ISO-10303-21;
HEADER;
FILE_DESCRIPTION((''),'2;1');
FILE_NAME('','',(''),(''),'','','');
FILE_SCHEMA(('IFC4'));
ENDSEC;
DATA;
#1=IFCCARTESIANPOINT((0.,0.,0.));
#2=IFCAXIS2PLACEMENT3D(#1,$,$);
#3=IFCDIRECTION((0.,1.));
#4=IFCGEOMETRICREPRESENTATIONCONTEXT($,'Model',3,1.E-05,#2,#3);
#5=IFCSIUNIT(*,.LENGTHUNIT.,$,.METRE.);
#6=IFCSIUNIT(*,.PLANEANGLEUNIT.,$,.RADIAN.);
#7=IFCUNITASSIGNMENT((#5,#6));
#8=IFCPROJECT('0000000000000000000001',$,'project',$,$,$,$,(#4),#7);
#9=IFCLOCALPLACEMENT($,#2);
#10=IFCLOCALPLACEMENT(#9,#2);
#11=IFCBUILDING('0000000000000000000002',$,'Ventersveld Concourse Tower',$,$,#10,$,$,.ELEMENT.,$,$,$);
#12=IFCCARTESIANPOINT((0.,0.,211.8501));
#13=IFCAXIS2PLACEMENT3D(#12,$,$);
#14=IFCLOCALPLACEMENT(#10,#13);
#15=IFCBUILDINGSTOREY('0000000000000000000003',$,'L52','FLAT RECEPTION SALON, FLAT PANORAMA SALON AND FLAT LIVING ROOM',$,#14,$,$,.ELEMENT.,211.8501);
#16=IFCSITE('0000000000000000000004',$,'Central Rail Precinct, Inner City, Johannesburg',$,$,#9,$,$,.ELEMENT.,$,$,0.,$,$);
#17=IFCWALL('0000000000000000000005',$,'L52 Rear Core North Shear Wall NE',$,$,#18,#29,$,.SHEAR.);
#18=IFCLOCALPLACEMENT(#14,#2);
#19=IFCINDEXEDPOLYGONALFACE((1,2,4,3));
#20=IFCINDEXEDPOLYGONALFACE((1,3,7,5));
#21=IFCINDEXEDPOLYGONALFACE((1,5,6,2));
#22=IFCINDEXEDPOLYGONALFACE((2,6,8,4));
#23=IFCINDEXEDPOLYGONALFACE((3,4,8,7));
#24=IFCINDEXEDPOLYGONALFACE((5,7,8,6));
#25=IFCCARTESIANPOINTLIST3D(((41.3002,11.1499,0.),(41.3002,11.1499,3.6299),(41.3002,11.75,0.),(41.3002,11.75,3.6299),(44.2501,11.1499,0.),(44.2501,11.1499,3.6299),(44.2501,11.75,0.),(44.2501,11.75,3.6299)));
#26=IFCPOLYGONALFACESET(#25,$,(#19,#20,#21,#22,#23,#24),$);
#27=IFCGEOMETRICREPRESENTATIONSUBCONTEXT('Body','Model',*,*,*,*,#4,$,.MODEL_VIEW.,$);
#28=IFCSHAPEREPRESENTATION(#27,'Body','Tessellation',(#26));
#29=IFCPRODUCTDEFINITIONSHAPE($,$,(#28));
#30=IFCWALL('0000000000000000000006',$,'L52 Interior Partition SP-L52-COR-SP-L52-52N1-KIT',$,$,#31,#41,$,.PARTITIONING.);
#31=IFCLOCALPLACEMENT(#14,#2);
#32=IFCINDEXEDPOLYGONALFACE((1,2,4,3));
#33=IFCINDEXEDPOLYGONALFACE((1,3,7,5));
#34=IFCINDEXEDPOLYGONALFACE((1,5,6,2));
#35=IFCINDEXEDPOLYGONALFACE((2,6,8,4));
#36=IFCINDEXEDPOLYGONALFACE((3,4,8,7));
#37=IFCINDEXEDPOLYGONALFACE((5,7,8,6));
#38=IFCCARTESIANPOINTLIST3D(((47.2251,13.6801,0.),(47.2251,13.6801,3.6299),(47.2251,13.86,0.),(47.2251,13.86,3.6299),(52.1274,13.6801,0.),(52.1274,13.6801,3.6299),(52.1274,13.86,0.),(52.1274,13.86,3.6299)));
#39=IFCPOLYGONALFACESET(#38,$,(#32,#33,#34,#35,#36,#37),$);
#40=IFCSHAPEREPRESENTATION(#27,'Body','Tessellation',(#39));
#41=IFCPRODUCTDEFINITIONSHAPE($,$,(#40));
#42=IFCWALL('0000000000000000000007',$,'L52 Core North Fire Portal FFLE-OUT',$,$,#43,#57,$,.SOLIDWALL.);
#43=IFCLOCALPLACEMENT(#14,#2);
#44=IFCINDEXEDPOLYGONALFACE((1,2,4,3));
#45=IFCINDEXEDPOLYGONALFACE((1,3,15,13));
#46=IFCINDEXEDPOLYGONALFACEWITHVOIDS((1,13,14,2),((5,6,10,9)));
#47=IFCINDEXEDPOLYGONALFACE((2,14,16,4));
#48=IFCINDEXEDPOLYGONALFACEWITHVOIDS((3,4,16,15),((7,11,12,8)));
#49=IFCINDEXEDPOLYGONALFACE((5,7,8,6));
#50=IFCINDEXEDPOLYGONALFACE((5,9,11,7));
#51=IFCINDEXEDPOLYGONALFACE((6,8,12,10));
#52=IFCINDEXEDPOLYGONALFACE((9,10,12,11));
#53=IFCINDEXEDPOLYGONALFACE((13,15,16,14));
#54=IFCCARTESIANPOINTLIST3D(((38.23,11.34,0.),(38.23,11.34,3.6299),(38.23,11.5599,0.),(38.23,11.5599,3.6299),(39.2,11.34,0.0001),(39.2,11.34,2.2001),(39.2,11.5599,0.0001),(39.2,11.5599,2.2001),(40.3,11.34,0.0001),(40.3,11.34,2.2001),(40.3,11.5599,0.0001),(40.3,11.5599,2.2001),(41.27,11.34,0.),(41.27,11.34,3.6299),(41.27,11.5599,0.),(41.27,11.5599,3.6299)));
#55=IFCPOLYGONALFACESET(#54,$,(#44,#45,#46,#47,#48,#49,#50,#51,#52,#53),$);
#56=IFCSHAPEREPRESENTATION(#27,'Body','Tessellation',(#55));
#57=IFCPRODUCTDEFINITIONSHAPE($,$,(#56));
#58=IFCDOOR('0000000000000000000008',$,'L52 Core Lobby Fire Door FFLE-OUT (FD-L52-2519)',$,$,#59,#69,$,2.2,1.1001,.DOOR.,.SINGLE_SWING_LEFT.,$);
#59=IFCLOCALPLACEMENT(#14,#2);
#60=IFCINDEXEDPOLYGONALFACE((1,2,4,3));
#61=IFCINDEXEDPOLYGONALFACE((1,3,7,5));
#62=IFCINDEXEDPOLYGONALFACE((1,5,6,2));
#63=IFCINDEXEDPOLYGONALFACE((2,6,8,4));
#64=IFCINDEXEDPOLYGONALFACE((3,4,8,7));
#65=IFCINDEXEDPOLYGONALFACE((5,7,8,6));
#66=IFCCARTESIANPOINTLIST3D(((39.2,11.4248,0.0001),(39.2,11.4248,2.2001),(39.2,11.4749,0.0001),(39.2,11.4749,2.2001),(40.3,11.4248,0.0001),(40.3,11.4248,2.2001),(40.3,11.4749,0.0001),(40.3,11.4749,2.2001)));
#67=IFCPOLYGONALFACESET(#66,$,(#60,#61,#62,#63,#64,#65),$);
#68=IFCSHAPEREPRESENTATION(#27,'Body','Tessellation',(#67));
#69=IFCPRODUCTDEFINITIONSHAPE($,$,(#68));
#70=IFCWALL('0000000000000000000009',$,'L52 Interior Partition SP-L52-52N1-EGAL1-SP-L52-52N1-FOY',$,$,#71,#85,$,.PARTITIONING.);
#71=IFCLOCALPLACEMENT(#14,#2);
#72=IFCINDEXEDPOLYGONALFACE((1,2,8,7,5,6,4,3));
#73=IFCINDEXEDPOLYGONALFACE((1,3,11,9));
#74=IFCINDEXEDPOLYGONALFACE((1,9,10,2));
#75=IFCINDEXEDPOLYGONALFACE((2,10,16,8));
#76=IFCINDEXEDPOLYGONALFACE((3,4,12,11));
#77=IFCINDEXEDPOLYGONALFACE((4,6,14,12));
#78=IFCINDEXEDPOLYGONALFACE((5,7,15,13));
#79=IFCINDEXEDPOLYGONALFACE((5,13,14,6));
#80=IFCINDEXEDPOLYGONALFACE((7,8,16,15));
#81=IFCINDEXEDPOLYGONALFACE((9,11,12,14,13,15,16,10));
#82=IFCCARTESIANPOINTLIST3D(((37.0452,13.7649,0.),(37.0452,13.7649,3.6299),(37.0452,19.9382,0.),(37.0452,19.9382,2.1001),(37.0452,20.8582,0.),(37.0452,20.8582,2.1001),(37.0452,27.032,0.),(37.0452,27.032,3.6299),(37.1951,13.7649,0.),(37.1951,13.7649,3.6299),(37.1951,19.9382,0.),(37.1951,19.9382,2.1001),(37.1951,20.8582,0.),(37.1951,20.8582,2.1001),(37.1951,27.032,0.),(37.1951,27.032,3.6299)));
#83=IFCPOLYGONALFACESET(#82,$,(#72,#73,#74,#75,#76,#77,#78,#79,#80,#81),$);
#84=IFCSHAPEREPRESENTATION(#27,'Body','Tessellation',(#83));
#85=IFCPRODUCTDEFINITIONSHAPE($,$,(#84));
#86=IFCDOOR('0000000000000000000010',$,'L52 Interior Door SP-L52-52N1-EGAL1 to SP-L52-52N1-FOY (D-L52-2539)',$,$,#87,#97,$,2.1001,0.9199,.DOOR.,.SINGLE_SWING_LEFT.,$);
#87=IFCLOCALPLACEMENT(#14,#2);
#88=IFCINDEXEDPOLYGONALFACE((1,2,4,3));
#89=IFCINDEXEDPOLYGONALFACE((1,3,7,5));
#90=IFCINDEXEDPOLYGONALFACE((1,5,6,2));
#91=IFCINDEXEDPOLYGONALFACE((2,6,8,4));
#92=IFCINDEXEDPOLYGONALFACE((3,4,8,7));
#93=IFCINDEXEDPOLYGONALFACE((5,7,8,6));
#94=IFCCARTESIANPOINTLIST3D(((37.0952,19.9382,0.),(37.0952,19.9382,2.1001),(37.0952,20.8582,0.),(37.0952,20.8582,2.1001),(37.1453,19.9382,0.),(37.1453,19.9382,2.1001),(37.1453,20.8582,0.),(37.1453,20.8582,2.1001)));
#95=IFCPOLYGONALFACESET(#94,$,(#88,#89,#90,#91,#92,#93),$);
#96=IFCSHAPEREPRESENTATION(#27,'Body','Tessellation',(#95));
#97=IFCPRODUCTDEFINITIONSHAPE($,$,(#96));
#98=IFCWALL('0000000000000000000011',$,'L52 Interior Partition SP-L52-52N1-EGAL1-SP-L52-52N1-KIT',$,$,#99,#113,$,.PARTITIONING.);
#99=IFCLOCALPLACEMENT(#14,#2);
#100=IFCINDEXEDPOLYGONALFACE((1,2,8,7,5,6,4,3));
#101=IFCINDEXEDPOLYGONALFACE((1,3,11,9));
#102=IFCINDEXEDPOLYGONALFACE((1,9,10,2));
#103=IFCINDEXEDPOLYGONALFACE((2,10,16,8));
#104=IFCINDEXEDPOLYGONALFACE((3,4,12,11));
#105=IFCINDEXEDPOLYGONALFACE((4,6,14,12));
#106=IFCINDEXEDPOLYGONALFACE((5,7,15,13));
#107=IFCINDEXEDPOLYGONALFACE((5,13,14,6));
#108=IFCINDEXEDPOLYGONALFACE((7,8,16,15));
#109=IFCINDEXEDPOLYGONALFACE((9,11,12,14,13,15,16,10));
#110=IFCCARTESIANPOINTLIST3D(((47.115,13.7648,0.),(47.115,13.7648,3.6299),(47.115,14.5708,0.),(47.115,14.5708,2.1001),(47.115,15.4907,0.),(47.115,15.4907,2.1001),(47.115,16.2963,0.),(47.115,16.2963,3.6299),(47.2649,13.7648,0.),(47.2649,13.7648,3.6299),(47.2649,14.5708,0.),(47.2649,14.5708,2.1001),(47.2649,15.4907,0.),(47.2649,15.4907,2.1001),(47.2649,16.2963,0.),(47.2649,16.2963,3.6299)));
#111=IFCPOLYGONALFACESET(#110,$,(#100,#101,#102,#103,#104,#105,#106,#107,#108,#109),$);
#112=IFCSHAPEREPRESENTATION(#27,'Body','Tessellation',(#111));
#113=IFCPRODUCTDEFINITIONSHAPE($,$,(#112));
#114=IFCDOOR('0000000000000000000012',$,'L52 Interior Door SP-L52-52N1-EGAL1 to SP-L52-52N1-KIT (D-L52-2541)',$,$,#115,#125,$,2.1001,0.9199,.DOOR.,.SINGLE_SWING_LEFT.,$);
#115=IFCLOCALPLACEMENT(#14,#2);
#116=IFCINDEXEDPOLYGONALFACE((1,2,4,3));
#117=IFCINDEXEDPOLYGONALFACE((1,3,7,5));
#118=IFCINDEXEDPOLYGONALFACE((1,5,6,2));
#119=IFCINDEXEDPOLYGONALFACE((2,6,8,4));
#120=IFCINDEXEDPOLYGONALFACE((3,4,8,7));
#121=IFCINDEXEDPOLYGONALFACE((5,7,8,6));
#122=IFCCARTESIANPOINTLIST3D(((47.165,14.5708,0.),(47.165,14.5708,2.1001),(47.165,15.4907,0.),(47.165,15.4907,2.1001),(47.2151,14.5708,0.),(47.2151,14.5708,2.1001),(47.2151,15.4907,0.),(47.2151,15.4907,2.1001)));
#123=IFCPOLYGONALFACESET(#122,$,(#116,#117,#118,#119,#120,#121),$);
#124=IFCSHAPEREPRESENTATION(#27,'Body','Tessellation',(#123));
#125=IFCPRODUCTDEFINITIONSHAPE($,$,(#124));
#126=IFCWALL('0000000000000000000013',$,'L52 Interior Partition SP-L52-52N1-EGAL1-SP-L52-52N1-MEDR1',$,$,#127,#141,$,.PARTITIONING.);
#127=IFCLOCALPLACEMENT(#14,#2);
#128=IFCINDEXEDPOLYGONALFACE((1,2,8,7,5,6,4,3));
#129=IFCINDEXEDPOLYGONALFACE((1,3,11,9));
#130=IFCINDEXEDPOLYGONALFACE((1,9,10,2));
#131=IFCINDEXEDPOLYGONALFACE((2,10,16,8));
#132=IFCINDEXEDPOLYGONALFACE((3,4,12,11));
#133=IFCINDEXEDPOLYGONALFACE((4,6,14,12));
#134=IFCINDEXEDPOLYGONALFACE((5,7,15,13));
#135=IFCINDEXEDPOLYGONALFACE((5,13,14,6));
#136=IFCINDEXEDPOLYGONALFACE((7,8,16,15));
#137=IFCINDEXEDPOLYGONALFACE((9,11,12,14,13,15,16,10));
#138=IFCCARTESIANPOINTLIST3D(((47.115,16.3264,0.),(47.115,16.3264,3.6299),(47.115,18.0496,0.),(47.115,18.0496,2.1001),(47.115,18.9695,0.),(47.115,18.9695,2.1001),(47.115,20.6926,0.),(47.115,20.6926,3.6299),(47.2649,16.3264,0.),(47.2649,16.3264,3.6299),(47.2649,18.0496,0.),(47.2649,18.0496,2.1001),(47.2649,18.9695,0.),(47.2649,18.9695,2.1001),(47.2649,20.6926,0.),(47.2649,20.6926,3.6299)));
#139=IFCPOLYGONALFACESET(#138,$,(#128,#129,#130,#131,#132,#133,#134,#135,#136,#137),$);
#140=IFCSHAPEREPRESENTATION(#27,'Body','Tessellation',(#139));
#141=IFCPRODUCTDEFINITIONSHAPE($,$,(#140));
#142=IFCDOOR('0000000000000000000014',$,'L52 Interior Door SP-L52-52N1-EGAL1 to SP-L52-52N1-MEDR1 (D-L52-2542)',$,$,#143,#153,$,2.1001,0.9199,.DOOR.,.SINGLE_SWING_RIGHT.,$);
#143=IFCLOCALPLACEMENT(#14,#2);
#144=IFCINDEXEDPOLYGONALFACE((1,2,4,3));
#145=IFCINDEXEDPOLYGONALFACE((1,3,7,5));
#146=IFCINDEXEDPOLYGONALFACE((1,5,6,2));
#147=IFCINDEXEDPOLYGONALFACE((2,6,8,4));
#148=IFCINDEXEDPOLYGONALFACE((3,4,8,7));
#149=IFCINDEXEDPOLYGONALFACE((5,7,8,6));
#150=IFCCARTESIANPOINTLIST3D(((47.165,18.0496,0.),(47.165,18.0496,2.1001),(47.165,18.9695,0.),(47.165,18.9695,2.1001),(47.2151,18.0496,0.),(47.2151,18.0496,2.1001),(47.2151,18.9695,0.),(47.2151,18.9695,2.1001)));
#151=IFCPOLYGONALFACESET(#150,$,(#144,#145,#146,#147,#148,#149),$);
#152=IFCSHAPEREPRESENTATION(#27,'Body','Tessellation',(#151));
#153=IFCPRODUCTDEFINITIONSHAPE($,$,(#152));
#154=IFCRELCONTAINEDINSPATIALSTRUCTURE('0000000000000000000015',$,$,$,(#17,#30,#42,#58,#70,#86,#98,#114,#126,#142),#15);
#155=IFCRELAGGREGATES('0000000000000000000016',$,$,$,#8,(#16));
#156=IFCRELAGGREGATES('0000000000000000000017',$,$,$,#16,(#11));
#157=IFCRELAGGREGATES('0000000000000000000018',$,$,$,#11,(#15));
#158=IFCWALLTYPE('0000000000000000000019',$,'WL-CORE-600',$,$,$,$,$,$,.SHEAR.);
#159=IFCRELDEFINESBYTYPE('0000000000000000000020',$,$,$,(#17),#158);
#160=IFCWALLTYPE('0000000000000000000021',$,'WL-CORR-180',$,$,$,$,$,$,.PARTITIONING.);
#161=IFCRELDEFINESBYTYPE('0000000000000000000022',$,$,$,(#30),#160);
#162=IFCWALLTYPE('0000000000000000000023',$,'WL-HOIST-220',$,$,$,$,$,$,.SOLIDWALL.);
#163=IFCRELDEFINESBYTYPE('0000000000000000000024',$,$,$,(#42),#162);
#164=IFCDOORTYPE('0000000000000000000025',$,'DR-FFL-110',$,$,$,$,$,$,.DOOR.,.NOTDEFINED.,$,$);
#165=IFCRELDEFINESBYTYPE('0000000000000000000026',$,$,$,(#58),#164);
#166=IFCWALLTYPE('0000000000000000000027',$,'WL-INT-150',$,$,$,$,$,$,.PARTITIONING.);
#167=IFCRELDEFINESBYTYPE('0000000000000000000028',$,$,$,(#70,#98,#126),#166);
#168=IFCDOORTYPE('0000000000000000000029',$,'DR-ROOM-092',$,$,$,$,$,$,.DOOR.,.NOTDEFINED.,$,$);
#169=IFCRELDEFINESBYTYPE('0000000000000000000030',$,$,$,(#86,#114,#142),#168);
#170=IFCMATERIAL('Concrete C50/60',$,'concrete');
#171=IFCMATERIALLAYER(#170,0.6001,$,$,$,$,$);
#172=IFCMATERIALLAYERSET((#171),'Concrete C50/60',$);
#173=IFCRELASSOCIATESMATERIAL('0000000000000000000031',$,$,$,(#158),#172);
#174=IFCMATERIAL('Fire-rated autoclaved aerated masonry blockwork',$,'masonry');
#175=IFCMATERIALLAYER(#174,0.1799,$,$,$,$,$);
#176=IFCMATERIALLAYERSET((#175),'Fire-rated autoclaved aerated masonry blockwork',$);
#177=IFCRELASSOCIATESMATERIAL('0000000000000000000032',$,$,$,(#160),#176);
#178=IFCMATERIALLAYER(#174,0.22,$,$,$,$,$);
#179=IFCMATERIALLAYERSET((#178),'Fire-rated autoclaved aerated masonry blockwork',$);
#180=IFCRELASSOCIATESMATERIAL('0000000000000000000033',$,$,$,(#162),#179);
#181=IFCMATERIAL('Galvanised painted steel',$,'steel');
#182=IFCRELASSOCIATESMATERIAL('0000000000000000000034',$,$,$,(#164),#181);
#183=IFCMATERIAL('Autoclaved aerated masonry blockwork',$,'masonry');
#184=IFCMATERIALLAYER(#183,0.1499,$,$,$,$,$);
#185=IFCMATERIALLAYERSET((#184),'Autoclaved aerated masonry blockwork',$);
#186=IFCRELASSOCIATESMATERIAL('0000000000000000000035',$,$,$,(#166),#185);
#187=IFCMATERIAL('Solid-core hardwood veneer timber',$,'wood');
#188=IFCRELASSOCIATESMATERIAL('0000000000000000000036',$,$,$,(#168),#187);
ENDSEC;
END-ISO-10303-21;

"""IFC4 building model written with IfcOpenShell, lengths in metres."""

from ifc_helpers import new_model, si_unit, direction, frame, frame_2d, origin, place, context, subcontext, project, spatial, rectangle, extrude, material, layer, layer_set, type_object, element, fill, save


model = new_model("IFC4")

# Units and contexts
model_context = context("Model", 3, precision=1e-05, world=origin(), true_north=direction((0.0, 1.0)))
body_context = subcontext(model_context, "Body", "Model", "MODEL_VIEW")
ifc_project = project(units=[si_unit("LENGTHUNIT", "METRE"), si_unit("PLANEANGLEUNIT", "RADIAN")], contexts=[model_context])

# Site, building, storey
site_placement = place(None, origin())
site = spatial("IfcSite", under=ifc_project, at=site_placement, Name="Central Rail Precinct, Inner City, Johannesburg", CompositionType="ELEMENT", RefElevation=0.0)
building_placement = place(site_placement, origin())
building = spatial("IfcBuilding", under=site, at=building_placement, Name="Ventersveld Concourse Tower", CompositionType="ELEMENT")
storey_placement = place(building_placement, frame((0.0, 0.0, 211.8501)))
storey = spatial("IfcBuildingStorey", under=building, at=storey_placement, Name="L52", Description="FLAT RECEPTION SALON, FLAT PANORAMA SALON AND FLAT LIVING ROOM", CompositionType="ELEMENT", Elevation=211.8501)

# Shared definitions
ifc_material_1 = material(Name="Concrete C50/60", Category="concrete")

# Walls
ifc_layer_1 = layer(ifc_material_1, 0.6001)
ifc_layer_set_1 = layer_set([ifc_layer_1], Name="Concrete C50/60")
wall_type_1 = type_object("IfcWallType", Name="WL-CORE-600", PredefinedType="SHEAR", material=ifc_layer_set_1)
wall_1_placement = place(storey_placement, frame((41.3, 11.45, 0.0), z_axis=(0.0, 0.0, 1.0), x_axis=(1.0, 0.0, 0.0)))
element("IfcWall", 1, at=wall_1_placement, inside=storey, type_object=wall_type_1, Name="L52 Rear Core North Shear Wall NE", PredefinedType="SHEAR", context=body_context, shape_type="SweptSolid", body=[
    extrude(rectangle(XDim=2.95, YDim=0.6001, at=frame_2d((1.4751, 0.0))), origin(), (0.0, 0.0, 1.0), 3.6299),
])
ifc_material_2 = material(Name="Fire-rated autoclaved aerated masonry blockwork", Category="masonry")
ifc_layer_2 = layer(ifc_material_2, 0.1799)
ifc_layer_set_2 = layer_set([ifc_layer_2], Name="Fire-rated autoclaved aerated masonry blockwork")
wall_type_2 = type_object("IfcWallType", Name="WL-CORR-180", PredefinedType="PARTITIONING", material=ifc_layer_set_2)
wall_2_placement = place(storey_placement, frame((47.2251, 13.77, 0.0), z_axis=(0.0, 0.0, 1.0), x_axis=(1.0, 0.0, 0.0)))
element("IfcWall", 2, at=wall_2_placement, inside=storey, type_object=wall_type_2, Name="L52 Interior Partition SP-L52-COR-SP-L52-52N1-KIT", PredefinedType="PARTITIONING", context=body_context, shape_type="SweptSolid", body=[
    extrude(rectangle(XDim=4.9023, YDim=0.1799, at=frame_2d((2.4512, 0.0))), origin(), (0.0, 0.0, 1.0), 3.6299),
])

# Walls, openings, doors
ifc_layer_3 = layer(ifc_material_2, 0.22)
ifc_layer_set_3 = layer_set([ifc_layer_3], Name="Fire-rated autoclaved aerated masonry blockwork")
wall_type_3 = type_object("IfcWallType", Name="WL-HOIST-220", PredefinedType="SOLIDWALL", material=ifc_layer_set_3)
wall_3_placement = place(storey_placement, frame((38.23, 11.45, 0.0), z_axis=(0.0, 0.0, 1.0), x_axis=(1.0, 0.0, 0.0)))
wall_3 = element("IfcWall", 3, at=wall_3_placement, inside=storey, type_object=wall_type_3, Name="L52 Core North Fire Portal FFLE-OUT", PredefinedType="SOLIDWALL", context=body_context, shape_type="SweptSolid", body=[
    extrude(rectangle(XDim=3.04, YDim=0.22, at=frame_2d((1.52, 0.0))), origin(), (0.0, 0.0, 1.0), 3.6299),
])
opening_1_placement = place(wall_3_placement, frame((0.97, 0.0, 0.0)))
opening_1 = element("IfcOpeningElement", 4, at=opening_1_placement, cuts=wall_3, PredefinedType="OPENING", context=body_context, shape_type="SweptSolid", body=[
    extrude(rectangle(XDim=1.1001, YDim=2.2, at=frame_2d((0.55, 1.1001))), frame((0.0, 0.1201, 0.0), z_axis=(0.0, -1.0, 0.0), x_axis=(1.0, 0.0, 0.0)), (0.0, 0.0, 1.0), 0.24),
])
ifc_material_3 = material(Name="Galvanised painted steel", Category="steel")
door_type_1 = type_object("IfcDoorType", Name="DR-FFL-110", OperationType="NOTDEFINED", PredefinedType="DOOR", material=ifc_material_3)
door_1_placement = place(opening_1_placement, origin())
door_1 = element("IfcDoor", 5, at=door_1_placement, inside=storey, type_object=door_type_1, Name="L52 Core Lobby Fire Door FFLE-OUT (FD-L52-2519)", OperationType="SINGLE_SWING_LEFT", OverallHeight=2.2, OverallWidth=1.1001, PredefinedType="DOOR", context=body_context, shape_type="SweptSolid", body=[
    extrude(rectangle(XDim=1.1001, YDim=2.2, at=frame_2d((0.55, 1.1001))), frame((0.0, 0.0249, 0.0), z_axis=(0.0, -1.0, 0.0), x_axis=(1.0, 0.0, 0.0)), (0.0, 0.0, 1.0), 0.05),
])
fill(opening_1, door_1)
ifc_material_4 = material(Name="Autoclaved aerated masonry blockwork", Category="masonry")
ifc_layer_4 = layer(ifc_material_4, 0.1499)
ifc_layer_set_4 = layer_set([ifc_layer_4], Name="Autoclaved aerated masonry blockwork")
wall_type_4 = type_object("IfcWallType", Name="WL-INT-150", PredefinedType="PARTITIONING", material=ifc_layer_set_4)
wall_4_placement = place(storey_placement, frame((37.1201, 13.7649, 0.0), z_axis=(0.0, 0.0, 1.0), x_axis=(0.0, 1.0, 0.0)))
wall_4 = element("IfcWall", 6, at=wall_4_placement, inside=storey, type_object=wall_type_4, Name="L52 Interior Partition SP-L52-52N1-EGAL1-SP-L52-52N1-FOY", PredefinedType="PARTITIONING", context=body_context, shape_type="SweptSolid", body=[
    extrude(rectangle(XDim=13.2671, YDim=0.1499, at=frame_2d((6.6335, 0.0))), origin(), (0.0, 0.0, 1.0), 3.6299),
])
opening_2_placement = place(wall_4_placement, frame((6.1733, 0.0, 0.0)))
opening_2 = element("IfcOpeningElement", 7, at=opening_2_placement, cuts=wall_4, PredefinedType="OPENING", context=body_context, shape_type="SweptSolid", body=[
    extrude(rectangle(XDim=0.9199, YDim=2.1001, at=frame_2d((0.46, 1.05))), frame((0.0, 0.085, 0.0), z_axis=(0.0, -1.0, 0.0), x_axis=(1.0, 0.0, 0.0)), (0.0, 0.0, 1.0), 0.1699),
])
ifc_material_5 = material(Name="Solid-core hardwood veneer timber", Category="wood")
door_type_2 = type_object("IfcDoorType", Name="DR-ROOM-092", OperationType="NOTDEFINED", PredefinedType="DOOR", material=ifc_material_5)
door_2_placement = place(opening_2_placement, origin())
door_2 = element("IfcDoor", 8, at=door_2_placement, inside=storey, type_object=door_type_2, Name="L52 Interior Door SP-L52-52N1-EGAL1 to SP-L52-52N1-FOY (D-L52-2539)", OperationType="SINGLE_SWING_LEFT", OverallHeight=2.1001, OverallWidth=0.9199, PredefinedType="DOOR", context=body_context, shape_type="SweptSolid", body=[
    extrude(rectangle(XDim=0.9199, YDim=2.1001, at=frame_2d((0.46, 1.05))), frame((0.0, 0.0249, 0.0), z_axis=(0.0, -1.0, 0.0), x_axis=(1.0, 0.0, 0.0)), (0.0, 0.0, 1.0), 0.05),
])
fill(opening_2, door_2)
wall_5_placement = place(storey_placement, frame((47.1899, 13.7649, 0.0), z_axis=(0.0, 0.0, 1.0), x_axis=(0.0, 1.0, 0.0)))
wall_5 = element("IfcWall", 9, at=wall_5_placement, inside=storey, type_object=wall_type_4, Name="L52 Interior Partition SP-L52-52N1-EGAL1-SP-L52-52N1-KIT", PredefinedType="PARTITIONING", context=body_context, shape_type="SweptSolid", body=[
    extrude(rectangle(XDim=2.5315, YDim=0.1499, at=frame_2d((1.2656, 0.0))), origin(), (0.0, 0.0, 1.0), 3.6299),
])
opening_3_placement = place(wall_5_placement, frame((0.8059, 0.0, 0.0)))
opening_3 = element("IfcOpeningElement", 10, at=opening_3_placement, cuts=wall_5, PredefinedType="OPENING", context=body_context, shape_type="SweptSolid", body=[
    extrude(rectangle(XDim=0.9199, YDim=2.1001, at=frame_2d((0.46, 1.05))), frame((0.0, 0.085, 0.0), z_axis=(0.0, -1.0, 0.0), x_axis=(1.0, 0.0, 0.0)), (0.0, 0.0, 1.0), 0.1699),
])
door_3_placement = place(opening_3_placement, origin())
door_3 = element("IfcDoor", 11, at=door_3_placement, inside=storey, type_object=door_type_2, Name="L52 Interior Door SP-L52-52N1-EGAL1 to SP-L52-52N1-KIT (D-L52-2541)", OperationType="SINGLE_SWING_LEFT", OverallHeight=2.1001, OverallWidth=0.9199, PredefinedType="DOOR", context=body_context, shape_type="SweptSolid", body=[
    extrude(rectangle(XDim=0.9199, YDim=2.1001, at=frame_2d((0.46, 1.05))), frame((0.0, 0.0249, 0.0), z_axis=(0.0, -1.0, 0.0), x_axis=(1.0, 0.0, 0.0)), (0.0, 0.0, 1.0), 0.05),
])
fill(opening_3, door_3)
wall_6_placement = place(storey_placement, frame((47.1899, 16.3264, 0.0), z_axis=(0.0, 0.0, 1.0), x_axis=(0.0, 1.0, 0.0)))
wall_6 = element("IfcWall", 12, at=wall_6_placement, inside=storey, type_object=wall_type_4, Name="L52 Interior Partition SP-L52-52N1-EGAL1-SP-L52-52N1-MEDR1", PredefinedType="PARTITIONING", context=body_context, shape_type="SweptSolid", body=[
    extrude(rectangle(XDim=4.3662, YDim=0.1499, at=frame_2d((2.1831, 0.0))), origin(), (0.0, 0.0, 1.0), 3.6299),
])
opening_4_placement = place(wall_6_placement, frame((1.7231, 0.0, 0.0)))
opening_4 = element("IfcOpeningElement", 13, at=opening_4_placement, cuts=wall_6, PredefinedType="OPENING", context=body_context, shape_type="SweptSolid", body=[
    extrude(rectangle(XDim=0.9199, YDim=2.1001, at=frame_2d((0.46, 1.05))), frame((0.0, 0.085, 0.0), z_axis=(0.0, -1.0, 0.0), x_axis=(1.0, 0.0, 0.0)), (0.0, 0.0, 1.0), 0.1699),
])
door_4_placement = place(opening_4_placement, origin())
door_4 = element("IfcDoor", 14, at=door_4_placement, inside=storey, type_object=door_type_2, Name="L52 Interior Door SP-L52-52N1-EGAL1 to SP-L52-52N1-MEDR1 (D-L52-2542)", OperationType="SINGLE_SWING_RIGHT", OverallHeight=2.1001, OverallWidth=0.9199, PredefinedType="DOOR", context=body_context, shape_type="SweptSolid", body=[
    extrude(rectangle(XDim=0.9199, YDim=2.1001, at=frame_2d((0.46, 1.05))), frame((0.0, 0.0249, 0.0), z_axis=(0.0, -1.0, 0.0), x_axis=(1.0, 0.0, 0.0)), (0.0, 0.0, 1.0), 0.05),
])
fill(opening_4, door_4)

save(model, "model.ifc")
